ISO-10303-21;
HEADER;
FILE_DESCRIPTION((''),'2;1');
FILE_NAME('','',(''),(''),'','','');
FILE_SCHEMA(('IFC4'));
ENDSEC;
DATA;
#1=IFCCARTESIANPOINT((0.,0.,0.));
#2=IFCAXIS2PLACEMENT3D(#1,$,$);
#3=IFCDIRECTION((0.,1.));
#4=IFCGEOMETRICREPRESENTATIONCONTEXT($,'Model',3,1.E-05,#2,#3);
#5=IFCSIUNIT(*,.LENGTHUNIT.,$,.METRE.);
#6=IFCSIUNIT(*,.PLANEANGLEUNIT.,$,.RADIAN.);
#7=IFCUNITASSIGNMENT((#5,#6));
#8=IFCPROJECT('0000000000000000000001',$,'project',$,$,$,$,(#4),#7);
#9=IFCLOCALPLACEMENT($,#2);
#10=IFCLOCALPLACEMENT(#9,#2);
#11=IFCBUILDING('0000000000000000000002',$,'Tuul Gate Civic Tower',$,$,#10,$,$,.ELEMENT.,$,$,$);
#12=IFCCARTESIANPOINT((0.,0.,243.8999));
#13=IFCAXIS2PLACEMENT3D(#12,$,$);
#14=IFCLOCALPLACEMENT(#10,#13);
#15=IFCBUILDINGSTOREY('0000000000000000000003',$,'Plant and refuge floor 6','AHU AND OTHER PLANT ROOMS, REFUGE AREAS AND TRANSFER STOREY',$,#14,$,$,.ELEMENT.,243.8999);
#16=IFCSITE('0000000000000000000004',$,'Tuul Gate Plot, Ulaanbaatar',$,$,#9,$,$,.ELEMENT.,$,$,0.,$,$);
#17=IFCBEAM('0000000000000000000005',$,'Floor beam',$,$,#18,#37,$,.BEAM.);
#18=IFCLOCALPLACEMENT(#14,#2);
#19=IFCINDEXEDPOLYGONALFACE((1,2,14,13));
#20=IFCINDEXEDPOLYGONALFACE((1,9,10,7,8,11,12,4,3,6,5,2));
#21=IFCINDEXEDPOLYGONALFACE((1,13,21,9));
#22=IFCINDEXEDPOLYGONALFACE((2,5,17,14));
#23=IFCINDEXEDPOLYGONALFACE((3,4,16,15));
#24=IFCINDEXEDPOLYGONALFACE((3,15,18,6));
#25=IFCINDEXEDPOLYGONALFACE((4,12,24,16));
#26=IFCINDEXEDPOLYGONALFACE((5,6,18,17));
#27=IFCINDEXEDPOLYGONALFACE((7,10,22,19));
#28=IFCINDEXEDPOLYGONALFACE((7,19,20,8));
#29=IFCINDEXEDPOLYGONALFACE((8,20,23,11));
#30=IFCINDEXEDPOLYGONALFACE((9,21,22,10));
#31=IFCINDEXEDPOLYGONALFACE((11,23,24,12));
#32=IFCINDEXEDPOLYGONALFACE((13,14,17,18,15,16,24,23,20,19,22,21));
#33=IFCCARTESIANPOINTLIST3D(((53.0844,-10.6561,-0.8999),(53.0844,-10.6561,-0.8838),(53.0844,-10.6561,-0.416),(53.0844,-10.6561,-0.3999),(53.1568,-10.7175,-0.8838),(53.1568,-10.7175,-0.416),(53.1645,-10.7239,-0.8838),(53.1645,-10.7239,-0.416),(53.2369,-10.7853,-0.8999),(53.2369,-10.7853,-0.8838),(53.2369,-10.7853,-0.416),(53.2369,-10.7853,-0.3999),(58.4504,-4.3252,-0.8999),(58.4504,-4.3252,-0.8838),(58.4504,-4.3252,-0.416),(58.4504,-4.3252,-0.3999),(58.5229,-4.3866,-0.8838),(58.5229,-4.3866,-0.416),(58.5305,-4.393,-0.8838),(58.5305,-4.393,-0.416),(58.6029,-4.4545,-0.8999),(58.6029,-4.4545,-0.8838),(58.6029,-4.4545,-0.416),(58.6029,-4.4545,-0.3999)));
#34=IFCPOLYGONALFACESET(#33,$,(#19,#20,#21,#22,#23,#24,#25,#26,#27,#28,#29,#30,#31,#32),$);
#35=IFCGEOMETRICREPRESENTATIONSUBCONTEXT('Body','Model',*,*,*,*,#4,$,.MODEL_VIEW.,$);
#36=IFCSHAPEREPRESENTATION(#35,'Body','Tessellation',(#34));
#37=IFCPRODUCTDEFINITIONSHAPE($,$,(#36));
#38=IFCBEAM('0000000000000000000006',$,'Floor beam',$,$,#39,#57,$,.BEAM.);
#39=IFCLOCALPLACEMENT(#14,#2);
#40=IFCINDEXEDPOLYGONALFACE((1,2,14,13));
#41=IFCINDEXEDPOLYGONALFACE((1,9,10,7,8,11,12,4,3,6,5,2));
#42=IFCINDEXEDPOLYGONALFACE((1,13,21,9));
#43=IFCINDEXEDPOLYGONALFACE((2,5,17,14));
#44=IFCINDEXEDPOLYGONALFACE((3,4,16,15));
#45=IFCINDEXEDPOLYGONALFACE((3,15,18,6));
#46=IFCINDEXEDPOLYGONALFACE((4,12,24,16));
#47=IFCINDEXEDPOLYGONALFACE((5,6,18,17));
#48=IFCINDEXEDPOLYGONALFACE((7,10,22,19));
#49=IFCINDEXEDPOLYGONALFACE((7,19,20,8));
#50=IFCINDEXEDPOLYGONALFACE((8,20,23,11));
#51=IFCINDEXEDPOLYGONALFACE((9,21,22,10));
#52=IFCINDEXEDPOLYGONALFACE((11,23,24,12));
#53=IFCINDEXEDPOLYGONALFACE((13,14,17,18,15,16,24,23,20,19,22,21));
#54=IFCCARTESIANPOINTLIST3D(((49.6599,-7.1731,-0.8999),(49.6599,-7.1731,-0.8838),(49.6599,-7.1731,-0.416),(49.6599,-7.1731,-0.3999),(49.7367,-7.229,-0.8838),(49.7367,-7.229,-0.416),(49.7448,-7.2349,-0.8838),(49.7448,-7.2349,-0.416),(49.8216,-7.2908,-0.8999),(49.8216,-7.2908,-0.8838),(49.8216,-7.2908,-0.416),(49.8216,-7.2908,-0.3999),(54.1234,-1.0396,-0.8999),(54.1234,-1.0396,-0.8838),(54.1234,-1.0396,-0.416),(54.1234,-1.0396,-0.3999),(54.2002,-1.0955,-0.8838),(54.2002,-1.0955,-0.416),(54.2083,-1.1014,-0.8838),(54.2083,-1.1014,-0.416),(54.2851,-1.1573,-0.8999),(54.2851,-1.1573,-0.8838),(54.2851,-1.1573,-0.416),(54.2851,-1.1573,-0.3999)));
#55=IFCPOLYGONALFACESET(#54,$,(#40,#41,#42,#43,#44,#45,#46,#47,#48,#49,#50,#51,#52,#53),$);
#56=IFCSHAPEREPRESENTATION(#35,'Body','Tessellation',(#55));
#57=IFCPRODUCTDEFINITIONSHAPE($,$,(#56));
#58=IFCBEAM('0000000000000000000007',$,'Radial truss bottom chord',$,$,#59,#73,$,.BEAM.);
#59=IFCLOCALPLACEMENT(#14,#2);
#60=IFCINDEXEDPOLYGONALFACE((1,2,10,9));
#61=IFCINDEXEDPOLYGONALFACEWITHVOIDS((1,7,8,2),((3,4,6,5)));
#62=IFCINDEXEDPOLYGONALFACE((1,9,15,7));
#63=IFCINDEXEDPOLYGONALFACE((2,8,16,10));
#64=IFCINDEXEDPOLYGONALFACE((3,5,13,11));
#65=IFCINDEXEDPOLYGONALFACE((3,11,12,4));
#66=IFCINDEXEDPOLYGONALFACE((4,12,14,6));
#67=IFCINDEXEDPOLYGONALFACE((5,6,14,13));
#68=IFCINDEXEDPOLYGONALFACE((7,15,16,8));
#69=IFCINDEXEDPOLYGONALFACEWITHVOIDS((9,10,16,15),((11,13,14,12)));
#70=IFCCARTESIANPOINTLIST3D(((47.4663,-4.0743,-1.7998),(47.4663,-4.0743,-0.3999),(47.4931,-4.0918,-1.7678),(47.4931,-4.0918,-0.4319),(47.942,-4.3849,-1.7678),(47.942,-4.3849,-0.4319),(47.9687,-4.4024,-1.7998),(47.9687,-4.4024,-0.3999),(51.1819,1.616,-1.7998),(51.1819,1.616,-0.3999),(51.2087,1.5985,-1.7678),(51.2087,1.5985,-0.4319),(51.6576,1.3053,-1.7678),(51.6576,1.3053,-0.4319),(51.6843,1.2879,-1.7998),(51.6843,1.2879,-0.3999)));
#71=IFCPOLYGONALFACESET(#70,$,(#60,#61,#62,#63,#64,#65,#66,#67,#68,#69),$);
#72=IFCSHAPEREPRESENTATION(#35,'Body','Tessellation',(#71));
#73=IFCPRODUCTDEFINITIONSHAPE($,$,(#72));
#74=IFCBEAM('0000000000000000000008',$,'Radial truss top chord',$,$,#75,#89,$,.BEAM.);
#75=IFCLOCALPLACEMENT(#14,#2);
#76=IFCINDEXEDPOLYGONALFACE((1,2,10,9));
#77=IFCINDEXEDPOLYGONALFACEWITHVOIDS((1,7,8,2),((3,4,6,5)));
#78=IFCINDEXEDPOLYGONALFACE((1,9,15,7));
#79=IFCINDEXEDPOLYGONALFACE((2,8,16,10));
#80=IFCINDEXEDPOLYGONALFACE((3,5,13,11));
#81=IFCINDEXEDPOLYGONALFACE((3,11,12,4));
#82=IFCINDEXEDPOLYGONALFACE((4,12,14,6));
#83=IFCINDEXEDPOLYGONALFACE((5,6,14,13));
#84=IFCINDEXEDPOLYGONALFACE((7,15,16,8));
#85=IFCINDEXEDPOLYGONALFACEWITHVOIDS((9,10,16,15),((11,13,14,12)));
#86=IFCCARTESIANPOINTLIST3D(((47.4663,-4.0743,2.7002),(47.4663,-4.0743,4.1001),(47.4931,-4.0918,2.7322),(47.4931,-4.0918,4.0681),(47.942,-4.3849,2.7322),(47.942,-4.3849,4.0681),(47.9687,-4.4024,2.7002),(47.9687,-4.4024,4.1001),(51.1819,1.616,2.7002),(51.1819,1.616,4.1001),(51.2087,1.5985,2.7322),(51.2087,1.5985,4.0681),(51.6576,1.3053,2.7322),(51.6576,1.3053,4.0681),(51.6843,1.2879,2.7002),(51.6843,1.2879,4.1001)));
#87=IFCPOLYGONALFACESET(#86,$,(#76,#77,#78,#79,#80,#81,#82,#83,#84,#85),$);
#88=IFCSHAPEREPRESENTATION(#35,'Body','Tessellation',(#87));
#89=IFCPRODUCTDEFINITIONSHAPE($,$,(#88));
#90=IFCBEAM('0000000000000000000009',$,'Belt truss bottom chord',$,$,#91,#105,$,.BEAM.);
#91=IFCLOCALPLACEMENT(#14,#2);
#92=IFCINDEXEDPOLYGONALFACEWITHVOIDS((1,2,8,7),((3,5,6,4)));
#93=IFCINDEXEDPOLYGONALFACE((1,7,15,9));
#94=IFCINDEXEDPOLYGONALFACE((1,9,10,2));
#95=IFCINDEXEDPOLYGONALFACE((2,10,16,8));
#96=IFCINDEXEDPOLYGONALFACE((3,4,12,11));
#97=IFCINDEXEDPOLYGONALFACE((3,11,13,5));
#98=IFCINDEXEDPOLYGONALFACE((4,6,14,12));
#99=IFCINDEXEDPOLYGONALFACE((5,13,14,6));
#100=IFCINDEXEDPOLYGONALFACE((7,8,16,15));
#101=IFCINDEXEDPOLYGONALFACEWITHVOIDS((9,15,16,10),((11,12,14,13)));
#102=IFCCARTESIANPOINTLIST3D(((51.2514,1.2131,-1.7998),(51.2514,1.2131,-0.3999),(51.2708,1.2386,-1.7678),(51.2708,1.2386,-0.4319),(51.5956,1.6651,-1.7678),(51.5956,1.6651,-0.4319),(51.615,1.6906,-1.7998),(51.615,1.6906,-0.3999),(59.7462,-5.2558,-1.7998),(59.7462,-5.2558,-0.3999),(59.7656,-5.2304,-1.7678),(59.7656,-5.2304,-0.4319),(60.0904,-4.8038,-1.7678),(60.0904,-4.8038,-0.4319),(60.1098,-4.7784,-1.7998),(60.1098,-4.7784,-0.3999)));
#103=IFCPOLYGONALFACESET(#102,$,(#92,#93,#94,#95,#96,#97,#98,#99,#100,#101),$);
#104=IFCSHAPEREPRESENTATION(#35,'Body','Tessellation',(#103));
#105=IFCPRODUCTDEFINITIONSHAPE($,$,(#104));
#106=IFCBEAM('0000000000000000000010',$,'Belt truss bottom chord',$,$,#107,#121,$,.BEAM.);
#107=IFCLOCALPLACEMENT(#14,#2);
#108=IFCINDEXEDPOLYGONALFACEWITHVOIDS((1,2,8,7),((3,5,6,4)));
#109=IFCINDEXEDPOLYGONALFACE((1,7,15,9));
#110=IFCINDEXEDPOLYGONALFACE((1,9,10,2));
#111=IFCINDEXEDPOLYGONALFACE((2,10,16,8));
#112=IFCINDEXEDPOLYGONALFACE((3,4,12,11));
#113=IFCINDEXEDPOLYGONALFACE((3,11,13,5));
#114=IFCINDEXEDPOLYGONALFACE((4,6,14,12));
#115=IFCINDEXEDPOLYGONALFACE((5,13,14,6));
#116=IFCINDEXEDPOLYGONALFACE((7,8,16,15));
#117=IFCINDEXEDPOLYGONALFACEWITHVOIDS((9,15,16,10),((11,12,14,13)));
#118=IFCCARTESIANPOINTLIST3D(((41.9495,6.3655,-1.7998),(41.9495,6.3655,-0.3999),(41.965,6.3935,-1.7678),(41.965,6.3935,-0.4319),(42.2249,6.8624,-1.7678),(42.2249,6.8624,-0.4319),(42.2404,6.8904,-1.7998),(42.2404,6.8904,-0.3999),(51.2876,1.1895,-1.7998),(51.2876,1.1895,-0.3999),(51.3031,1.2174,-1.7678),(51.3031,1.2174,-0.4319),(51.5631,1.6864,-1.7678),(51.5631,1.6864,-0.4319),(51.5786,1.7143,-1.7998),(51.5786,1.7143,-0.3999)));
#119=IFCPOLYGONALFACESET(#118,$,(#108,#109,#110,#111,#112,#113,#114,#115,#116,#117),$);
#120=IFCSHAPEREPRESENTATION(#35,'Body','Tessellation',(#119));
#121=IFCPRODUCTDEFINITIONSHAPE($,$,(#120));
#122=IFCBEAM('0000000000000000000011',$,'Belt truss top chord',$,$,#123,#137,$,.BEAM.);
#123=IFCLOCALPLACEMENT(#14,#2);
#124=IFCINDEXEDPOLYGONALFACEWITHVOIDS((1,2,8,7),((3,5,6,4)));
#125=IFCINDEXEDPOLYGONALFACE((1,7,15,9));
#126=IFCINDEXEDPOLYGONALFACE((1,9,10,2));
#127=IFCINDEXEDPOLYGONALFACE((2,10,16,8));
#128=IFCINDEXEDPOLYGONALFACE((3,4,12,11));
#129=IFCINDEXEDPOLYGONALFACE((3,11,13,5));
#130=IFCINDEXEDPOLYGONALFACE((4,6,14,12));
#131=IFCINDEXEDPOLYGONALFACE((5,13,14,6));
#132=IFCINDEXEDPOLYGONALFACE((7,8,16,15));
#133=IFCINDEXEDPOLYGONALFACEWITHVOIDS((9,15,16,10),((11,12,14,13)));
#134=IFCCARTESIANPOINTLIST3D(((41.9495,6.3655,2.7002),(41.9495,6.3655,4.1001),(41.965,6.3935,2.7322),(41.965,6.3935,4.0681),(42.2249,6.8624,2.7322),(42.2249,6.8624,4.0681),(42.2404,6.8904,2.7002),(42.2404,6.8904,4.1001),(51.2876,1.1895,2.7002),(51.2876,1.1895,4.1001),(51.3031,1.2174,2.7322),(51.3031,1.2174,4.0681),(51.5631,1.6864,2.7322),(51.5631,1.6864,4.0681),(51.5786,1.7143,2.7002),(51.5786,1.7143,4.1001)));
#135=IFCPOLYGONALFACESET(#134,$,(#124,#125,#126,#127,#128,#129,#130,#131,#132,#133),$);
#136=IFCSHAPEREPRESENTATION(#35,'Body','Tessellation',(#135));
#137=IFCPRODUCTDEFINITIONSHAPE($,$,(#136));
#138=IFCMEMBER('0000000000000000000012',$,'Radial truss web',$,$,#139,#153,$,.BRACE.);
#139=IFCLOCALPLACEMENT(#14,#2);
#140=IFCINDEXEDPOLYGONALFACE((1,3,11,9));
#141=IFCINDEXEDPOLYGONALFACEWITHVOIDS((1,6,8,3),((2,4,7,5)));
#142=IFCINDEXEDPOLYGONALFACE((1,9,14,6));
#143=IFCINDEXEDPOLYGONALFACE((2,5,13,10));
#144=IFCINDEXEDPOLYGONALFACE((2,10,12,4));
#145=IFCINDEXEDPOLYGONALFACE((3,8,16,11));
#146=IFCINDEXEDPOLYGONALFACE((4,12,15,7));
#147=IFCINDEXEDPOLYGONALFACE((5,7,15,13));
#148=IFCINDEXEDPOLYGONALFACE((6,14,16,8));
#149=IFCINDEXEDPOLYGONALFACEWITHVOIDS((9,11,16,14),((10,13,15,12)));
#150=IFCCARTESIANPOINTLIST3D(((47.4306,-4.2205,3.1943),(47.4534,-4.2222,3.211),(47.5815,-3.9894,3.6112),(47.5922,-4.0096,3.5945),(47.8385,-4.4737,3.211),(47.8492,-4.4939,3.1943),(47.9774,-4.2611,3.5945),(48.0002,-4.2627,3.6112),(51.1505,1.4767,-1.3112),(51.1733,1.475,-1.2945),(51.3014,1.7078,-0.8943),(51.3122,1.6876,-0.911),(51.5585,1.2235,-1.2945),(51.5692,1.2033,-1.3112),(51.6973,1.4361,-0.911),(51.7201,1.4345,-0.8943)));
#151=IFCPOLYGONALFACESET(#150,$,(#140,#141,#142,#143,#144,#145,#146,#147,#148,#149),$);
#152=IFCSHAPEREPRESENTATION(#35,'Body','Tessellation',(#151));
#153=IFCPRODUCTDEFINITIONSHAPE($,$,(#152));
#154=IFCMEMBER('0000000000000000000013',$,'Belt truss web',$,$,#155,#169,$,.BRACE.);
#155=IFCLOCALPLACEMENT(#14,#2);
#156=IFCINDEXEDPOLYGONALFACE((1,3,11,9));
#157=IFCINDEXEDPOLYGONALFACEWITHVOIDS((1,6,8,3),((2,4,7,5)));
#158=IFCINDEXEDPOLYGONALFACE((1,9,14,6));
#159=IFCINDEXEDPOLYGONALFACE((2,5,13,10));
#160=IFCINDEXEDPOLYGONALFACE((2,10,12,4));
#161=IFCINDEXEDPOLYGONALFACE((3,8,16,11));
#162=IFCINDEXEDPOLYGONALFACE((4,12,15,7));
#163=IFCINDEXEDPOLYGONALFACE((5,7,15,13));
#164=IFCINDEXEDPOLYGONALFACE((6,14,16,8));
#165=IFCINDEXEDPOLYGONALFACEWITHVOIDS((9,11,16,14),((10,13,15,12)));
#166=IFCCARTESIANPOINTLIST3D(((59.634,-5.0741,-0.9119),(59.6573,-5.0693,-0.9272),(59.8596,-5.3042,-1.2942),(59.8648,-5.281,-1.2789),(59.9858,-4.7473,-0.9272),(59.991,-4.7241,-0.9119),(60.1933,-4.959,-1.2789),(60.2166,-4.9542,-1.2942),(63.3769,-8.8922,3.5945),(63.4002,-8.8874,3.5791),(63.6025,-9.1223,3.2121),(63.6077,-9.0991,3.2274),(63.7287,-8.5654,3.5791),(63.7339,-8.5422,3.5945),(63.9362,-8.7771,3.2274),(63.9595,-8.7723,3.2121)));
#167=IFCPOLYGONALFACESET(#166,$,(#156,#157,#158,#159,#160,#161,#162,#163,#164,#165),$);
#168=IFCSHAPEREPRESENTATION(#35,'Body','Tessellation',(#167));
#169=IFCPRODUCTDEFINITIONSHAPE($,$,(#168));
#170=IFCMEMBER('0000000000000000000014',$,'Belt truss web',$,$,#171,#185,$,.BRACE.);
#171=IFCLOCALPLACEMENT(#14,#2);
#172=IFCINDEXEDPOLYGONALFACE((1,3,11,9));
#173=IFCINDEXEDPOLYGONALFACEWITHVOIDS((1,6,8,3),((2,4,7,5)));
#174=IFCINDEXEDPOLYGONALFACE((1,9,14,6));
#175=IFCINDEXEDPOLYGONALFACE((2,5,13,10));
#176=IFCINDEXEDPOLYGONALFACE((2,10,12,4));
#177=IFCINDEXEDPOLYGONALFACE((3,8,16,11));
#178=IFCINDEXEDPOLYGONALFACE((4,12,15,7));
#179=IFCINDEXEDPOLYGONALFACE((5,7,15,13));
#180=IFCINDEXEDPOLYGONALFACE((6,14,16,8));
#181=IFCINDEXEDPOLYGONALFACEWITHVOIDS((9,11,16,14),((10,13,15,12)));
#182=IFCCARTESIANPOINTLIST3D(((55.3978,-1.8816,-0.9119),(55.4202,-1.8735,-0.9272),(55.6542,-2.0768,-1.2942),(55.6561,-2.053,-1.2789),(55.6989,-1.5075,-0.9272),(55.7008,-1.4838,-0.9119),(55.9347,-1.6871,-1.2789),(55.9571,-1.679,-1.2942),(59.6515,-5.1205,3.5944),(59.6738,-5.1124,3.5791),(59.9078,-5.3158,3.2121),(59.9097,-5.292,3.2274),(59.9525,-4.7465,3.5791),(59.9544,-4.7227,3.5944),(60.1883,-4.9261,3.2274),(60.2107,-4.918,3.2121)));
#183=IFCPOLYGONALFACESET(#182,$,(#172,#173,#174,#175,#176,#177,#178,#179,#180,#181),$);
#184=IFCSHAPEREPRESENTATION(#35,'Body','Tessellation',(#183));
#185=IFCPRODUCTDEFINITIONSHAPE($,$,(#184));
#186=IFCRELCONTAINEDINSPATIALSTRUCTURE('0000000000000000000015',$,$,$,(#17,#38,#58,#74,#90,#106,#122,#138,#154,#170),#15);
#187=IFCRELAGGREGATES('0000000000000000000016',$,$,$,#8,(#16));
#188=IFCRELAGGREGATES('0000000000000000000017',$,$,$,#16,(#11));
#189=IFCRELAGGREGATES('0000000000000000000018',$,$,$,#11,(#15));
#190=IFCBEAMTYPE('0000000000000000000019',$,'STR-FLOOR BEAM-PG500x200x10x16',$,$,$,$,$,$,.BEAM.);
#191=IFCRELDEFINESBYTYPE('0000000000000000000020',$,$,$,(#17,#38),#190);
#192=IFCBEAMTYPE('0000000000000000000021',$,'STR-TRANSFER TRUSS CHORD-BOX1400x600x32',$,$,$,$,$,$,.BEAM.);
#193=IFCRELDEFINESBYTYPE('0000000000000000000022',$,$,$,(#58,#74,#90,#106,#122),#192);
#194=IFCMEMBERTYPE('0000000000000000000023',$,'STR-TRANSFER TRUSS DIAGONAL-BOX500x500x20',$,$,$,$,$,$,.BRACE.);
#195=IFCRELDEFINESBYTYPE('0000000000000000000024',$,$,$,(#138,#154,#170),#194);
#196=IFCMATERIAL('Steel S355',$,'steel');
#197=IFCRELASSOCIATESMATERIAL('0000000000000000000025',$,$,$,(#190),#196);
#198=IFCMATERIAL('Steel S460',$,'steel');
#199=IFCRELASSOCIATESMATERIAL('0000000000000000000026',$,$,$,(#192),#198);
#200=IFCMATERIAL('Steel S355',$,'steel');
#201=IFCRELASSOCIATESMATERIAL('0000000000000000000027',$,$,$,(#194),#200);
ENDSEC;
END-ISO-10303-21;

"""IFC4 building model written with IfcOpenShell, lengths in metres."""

from ifc_helpers import new_model, si_unit, direction, frame, origin, origin_2d, place, context, subcontext, project, spatial, hollow_rectangle, i_section, extrude, material, material_profile, profile_set, type_object, element, save


model = new_model("IFC4")

# Units and contexts
model_context = context("Model", 3, precision=1e-05, world=origin(), true_north=direction((0.0, 1.0)))
body_context = subcontext(model_context, "Body", "Model", "MODEL_VIEW")
ifc_project = project(units=[si_unit("LENGTHUNIT", "METRE"), si_unit("PLANEANGLEUNIT", "RADIAN")], contexts=[model_context])

# Site, building, storey
site_placement = place(None, origin())
site = spatial("IfcSite", under=ifc_project, at=site_placement, Name="Tuul Gate Plot, Ulaanbaatar", CompositionType="ELEMENT", RefElevation=0.0)
building_placement = place(site_placement, origin())
building = spatial("IfcBuilding", under=site, at=building_placement, Name="Tuul Gate Civic Tower", CompositionType="ELEMENT")
storey_placement = place(building_placement, frame((0.0, 0.0, 243.8999)))
storey = spatial("IfcBuildingStorey", under=building, at=storey_placement, Name="Plant and refuge floor 6", Description="AHU AND OTHER PLANT ROOMS, REFUGE AREAS AND TRANSFER STOREY", CompositionType="ELEMENT", Elevation=243.8999)

# Beams
ifc_material_1 = material(Name="Steel S355", Category="steel")
ifc_material_profile_1 = material_profile(ifc_material_1, i_section(OverallWidth=0.2, OverallDepth=0.5, WebThickness=0.01, FlangeThickness=0.0161, at=origin_2d()), Name="PG500x200x10x16")
ifc_profile_set_1 = profile_set([ifc_material_profile_1], Name="Steel S355")
beam_type_1 = type_object("IfcBeamType", Name="STR-FLOOR BEAM-PG500x200x10x16", PredefinedType="BEAM", material=ifc_profile_set_1)
beam_1_placement = place(storey_placement, frame((53.1606, -10.7207, -0.6499), z_axis=(0.646583, 0.762844, 0.0), x_axis=(-0.762844, 0.646583, 0.0)))
element("IfcBeam", 1, at=beam_1_placement, inside=storey, type_object=beam_type_1, Name="Floor beam", PredefinedType="BEAM", context=body_context, shape_type="SweptSolid", body=[
    extrude(i_section(OverallWidth=0.2, OverallDepth=0.5, WebThickness=0.01, FlangeThickness=0.0161, at=origin_2d()), origin(), (0.0, 0.0, 1.0), 8.2991),
])
beam_2_placement = place(storey_placement, frame((49.7407, -7.2319, -0.6499), z_axis=(0.588419, 0.808557, 0.0), x_axis=(-0.808557, 0.588419, 0.0)))
element("IfcBeam", 2, at=beam_2_placement, inside=storey, type_object=beam_type_1, Name="Floor beam", PredefinedType="BEAM", context=body_context, shape_type="SweptSolid", body=[
    extrude(i_section(OverallWidth=0.2, OverallDepth=0.5, WebThickness=0.01, FlangeThickness=0.0161, at=origin_2d()), origin(), (0.0, 0.0, 1.0), 7.5857),
])
ifc_material_2 = material(Name="Steel S460", Category="steel")
ifc_material_profile_2 = material_profile(ifc_material_2, hollow_rectangle(XDim=0.6001, YDim=1.3999, WallThickness=0.032, at=origin_2d()), Name="BOX1400x600x32")
ifc_profile_set_2 = profile_set([ifc_material_profile_2], Name="Steel S460")
beam_type_2 = type_object("IfcBeamType", Name="STR-TRANSFER TRUSS CHORD-BOX1400x600x32", PredefinedType="BEAM", material=ifc_profile_set_2)
for number, where, z_axis, x_axis, name in (
    (3, (51.4331, 1.4519, -1.0999), (-0.546741, -0.837302, 0.0), (0.837302, -0.546741, 0.0), "Radial truss bottom chord"),
    (4, (51.4331, 1.4519, 3.4001), (-0.546741, -0.837302, 0.0), (0.837302, -0.546741, 0.0), "Radial truss top chord"),
):
    element("IfcBeam", number, at=place(storey_placement, frame(where, z_axis=z_axis, x_axis=x_axis)), inside=storey, type_object=beam_type_2, Name=name, PredefinedType="BEAM", context=body_context, shape_type="SweptSolid", body=[
        extrude(hollow_rectangle(XDim=0.6001, YDim=1.3999, WallThickness=0.032, at=origin_2d()), origin(), (0.0, 0.0, 1.0), 6.7959),
    ])
beam_3_placement = place(storey_placement, frame((59.928, -5.0171, -1.0999), z_axis=(-0.79558, 0.605848, 0.0), x_axis=(-0.605848, -0.79558, 0.0)))
element("IfcBeam", 5, at=beam_3_placement, inside=storey, type_object=beam_type_2, Name="Belt truss bottom chord", PredefinedType="BEAM", context=body_context, shape_type="SweptSolid", body=[
    extrude(hollow_rectangle(XDim=0.6001, YDim=1.3999, WallThickness=0.032, at=origin_2d()), origin(), (0.0, 0.0, 1.0), 10.6775),
])
for number, where, z_axis, x_axis, name in (
    (6, (51.4331, 1.4519, -1.0999), (-0.874627, 0.484796, 0.0), (-0.484796, -0.874627, 0.0), "Belt truss bottom chord"),
    (7, (51.4331, 1.4519, 3.4001), (-0.874627, 0.484796, 0.0), (-0.484796, -0.874627, 0.0), "Belt truss top chord"),
):
    element("IfcBeam", number, at=place(storey_placement, frame(where, z_axis=z_axis, x_axis=x_axis)), inside=storey, type_object=beam_type_2, Name=name, PredefinedType="BEAM", context=body_context, shape_type="SweptSolid", body=[
        extrude(hollow_rectangle(XDim=0.6001, YDim=1.3999, WallThickness=0.032, at=origin_2d()), origin(), (0.0, 0.0, 1.0), 10.6768),
    ])

# Members
ifc_material_3 = material(Name="Steel S355", Category="steel")
ifc_material_profile_3 = material_profile(ifc_material_3, hollow_rectangle(XDim=0.5, YDim=0.5, WallThickness=0.02, at=origin_2d()), Name="BOX500x500x20")
ifc_profile_set_3 = profile_set([ifc_material_profile_3], Name="Steel S355")
member_type_1 = type_object("IfcMemberType", Name="STR-TRANSFER TRUSS DIAGONAL-BOX500x500x20", PredefinedType="BRACE", material=ifc_profile_set_3)
member_1_placement = place(storey_placement, frame((51.4353, 1.4556, -1.1028), z_axis=(-0.455838, -0.698131, 0.552109), x_axis=(0.837317, -0.546718, 0.0)))
element("IfcMember", 8, at=member_1_placement, inside=storey, type_object=member_type_1, Name="Radial truss web", PredefinedType="BRACE", context=body_context, shape_type="SweptSolid", body=[
    extrude(hollow_rectangle(XDim=0.5, YDim=0.5, WallThickness=0.02, at=origin_2d()), origin(), (0.0, 0.0, 1.0), 8.1606),
])
member_2_placement = place(storey_placement, frame((59.9253, -5.0142, -1.103), z_axis=(0.535279, -0.546032, 0.644457), x_axis=(0.714104, 0.70004, 0.0)))
element("IfcMember", 9, at=member_2_placement, inside=storey, type_object=member_type_1, Name="Belt truss web", PredefinedType="BRACE", context=body_context, shape_type="SweptSolid", body=[
    extrude(hollow_rectangle(XDim=0.5, YDim=0.5, WallThickness=0.02, at=origin_2d()), origin(), (0.0, 0.0, 1.0), 6.9924),
])
member_3_placement = place(storey_placement, frame((55.6775, -1.7803, -1.103), z_axis=(0.608337, -0.463227, 0.644474), x_axis=(0.605822, 0.7956, 0.0)))
element("IfcMember", 10, at=member_3_placement, inside=storey, type_object=member_type_1, Name="Belt truss web", PredefinedType="BRACE", context=body_context, shape_type="SweptSolid", body=[
    extrude(hollow_rectangle(XDim=0.5, YDim=0.5, WallThickness=0.02, at=origin_2d()), origin(), (0.0, 0.0, 1.0), 6.9922),
])

save(model, "model.ifc")
